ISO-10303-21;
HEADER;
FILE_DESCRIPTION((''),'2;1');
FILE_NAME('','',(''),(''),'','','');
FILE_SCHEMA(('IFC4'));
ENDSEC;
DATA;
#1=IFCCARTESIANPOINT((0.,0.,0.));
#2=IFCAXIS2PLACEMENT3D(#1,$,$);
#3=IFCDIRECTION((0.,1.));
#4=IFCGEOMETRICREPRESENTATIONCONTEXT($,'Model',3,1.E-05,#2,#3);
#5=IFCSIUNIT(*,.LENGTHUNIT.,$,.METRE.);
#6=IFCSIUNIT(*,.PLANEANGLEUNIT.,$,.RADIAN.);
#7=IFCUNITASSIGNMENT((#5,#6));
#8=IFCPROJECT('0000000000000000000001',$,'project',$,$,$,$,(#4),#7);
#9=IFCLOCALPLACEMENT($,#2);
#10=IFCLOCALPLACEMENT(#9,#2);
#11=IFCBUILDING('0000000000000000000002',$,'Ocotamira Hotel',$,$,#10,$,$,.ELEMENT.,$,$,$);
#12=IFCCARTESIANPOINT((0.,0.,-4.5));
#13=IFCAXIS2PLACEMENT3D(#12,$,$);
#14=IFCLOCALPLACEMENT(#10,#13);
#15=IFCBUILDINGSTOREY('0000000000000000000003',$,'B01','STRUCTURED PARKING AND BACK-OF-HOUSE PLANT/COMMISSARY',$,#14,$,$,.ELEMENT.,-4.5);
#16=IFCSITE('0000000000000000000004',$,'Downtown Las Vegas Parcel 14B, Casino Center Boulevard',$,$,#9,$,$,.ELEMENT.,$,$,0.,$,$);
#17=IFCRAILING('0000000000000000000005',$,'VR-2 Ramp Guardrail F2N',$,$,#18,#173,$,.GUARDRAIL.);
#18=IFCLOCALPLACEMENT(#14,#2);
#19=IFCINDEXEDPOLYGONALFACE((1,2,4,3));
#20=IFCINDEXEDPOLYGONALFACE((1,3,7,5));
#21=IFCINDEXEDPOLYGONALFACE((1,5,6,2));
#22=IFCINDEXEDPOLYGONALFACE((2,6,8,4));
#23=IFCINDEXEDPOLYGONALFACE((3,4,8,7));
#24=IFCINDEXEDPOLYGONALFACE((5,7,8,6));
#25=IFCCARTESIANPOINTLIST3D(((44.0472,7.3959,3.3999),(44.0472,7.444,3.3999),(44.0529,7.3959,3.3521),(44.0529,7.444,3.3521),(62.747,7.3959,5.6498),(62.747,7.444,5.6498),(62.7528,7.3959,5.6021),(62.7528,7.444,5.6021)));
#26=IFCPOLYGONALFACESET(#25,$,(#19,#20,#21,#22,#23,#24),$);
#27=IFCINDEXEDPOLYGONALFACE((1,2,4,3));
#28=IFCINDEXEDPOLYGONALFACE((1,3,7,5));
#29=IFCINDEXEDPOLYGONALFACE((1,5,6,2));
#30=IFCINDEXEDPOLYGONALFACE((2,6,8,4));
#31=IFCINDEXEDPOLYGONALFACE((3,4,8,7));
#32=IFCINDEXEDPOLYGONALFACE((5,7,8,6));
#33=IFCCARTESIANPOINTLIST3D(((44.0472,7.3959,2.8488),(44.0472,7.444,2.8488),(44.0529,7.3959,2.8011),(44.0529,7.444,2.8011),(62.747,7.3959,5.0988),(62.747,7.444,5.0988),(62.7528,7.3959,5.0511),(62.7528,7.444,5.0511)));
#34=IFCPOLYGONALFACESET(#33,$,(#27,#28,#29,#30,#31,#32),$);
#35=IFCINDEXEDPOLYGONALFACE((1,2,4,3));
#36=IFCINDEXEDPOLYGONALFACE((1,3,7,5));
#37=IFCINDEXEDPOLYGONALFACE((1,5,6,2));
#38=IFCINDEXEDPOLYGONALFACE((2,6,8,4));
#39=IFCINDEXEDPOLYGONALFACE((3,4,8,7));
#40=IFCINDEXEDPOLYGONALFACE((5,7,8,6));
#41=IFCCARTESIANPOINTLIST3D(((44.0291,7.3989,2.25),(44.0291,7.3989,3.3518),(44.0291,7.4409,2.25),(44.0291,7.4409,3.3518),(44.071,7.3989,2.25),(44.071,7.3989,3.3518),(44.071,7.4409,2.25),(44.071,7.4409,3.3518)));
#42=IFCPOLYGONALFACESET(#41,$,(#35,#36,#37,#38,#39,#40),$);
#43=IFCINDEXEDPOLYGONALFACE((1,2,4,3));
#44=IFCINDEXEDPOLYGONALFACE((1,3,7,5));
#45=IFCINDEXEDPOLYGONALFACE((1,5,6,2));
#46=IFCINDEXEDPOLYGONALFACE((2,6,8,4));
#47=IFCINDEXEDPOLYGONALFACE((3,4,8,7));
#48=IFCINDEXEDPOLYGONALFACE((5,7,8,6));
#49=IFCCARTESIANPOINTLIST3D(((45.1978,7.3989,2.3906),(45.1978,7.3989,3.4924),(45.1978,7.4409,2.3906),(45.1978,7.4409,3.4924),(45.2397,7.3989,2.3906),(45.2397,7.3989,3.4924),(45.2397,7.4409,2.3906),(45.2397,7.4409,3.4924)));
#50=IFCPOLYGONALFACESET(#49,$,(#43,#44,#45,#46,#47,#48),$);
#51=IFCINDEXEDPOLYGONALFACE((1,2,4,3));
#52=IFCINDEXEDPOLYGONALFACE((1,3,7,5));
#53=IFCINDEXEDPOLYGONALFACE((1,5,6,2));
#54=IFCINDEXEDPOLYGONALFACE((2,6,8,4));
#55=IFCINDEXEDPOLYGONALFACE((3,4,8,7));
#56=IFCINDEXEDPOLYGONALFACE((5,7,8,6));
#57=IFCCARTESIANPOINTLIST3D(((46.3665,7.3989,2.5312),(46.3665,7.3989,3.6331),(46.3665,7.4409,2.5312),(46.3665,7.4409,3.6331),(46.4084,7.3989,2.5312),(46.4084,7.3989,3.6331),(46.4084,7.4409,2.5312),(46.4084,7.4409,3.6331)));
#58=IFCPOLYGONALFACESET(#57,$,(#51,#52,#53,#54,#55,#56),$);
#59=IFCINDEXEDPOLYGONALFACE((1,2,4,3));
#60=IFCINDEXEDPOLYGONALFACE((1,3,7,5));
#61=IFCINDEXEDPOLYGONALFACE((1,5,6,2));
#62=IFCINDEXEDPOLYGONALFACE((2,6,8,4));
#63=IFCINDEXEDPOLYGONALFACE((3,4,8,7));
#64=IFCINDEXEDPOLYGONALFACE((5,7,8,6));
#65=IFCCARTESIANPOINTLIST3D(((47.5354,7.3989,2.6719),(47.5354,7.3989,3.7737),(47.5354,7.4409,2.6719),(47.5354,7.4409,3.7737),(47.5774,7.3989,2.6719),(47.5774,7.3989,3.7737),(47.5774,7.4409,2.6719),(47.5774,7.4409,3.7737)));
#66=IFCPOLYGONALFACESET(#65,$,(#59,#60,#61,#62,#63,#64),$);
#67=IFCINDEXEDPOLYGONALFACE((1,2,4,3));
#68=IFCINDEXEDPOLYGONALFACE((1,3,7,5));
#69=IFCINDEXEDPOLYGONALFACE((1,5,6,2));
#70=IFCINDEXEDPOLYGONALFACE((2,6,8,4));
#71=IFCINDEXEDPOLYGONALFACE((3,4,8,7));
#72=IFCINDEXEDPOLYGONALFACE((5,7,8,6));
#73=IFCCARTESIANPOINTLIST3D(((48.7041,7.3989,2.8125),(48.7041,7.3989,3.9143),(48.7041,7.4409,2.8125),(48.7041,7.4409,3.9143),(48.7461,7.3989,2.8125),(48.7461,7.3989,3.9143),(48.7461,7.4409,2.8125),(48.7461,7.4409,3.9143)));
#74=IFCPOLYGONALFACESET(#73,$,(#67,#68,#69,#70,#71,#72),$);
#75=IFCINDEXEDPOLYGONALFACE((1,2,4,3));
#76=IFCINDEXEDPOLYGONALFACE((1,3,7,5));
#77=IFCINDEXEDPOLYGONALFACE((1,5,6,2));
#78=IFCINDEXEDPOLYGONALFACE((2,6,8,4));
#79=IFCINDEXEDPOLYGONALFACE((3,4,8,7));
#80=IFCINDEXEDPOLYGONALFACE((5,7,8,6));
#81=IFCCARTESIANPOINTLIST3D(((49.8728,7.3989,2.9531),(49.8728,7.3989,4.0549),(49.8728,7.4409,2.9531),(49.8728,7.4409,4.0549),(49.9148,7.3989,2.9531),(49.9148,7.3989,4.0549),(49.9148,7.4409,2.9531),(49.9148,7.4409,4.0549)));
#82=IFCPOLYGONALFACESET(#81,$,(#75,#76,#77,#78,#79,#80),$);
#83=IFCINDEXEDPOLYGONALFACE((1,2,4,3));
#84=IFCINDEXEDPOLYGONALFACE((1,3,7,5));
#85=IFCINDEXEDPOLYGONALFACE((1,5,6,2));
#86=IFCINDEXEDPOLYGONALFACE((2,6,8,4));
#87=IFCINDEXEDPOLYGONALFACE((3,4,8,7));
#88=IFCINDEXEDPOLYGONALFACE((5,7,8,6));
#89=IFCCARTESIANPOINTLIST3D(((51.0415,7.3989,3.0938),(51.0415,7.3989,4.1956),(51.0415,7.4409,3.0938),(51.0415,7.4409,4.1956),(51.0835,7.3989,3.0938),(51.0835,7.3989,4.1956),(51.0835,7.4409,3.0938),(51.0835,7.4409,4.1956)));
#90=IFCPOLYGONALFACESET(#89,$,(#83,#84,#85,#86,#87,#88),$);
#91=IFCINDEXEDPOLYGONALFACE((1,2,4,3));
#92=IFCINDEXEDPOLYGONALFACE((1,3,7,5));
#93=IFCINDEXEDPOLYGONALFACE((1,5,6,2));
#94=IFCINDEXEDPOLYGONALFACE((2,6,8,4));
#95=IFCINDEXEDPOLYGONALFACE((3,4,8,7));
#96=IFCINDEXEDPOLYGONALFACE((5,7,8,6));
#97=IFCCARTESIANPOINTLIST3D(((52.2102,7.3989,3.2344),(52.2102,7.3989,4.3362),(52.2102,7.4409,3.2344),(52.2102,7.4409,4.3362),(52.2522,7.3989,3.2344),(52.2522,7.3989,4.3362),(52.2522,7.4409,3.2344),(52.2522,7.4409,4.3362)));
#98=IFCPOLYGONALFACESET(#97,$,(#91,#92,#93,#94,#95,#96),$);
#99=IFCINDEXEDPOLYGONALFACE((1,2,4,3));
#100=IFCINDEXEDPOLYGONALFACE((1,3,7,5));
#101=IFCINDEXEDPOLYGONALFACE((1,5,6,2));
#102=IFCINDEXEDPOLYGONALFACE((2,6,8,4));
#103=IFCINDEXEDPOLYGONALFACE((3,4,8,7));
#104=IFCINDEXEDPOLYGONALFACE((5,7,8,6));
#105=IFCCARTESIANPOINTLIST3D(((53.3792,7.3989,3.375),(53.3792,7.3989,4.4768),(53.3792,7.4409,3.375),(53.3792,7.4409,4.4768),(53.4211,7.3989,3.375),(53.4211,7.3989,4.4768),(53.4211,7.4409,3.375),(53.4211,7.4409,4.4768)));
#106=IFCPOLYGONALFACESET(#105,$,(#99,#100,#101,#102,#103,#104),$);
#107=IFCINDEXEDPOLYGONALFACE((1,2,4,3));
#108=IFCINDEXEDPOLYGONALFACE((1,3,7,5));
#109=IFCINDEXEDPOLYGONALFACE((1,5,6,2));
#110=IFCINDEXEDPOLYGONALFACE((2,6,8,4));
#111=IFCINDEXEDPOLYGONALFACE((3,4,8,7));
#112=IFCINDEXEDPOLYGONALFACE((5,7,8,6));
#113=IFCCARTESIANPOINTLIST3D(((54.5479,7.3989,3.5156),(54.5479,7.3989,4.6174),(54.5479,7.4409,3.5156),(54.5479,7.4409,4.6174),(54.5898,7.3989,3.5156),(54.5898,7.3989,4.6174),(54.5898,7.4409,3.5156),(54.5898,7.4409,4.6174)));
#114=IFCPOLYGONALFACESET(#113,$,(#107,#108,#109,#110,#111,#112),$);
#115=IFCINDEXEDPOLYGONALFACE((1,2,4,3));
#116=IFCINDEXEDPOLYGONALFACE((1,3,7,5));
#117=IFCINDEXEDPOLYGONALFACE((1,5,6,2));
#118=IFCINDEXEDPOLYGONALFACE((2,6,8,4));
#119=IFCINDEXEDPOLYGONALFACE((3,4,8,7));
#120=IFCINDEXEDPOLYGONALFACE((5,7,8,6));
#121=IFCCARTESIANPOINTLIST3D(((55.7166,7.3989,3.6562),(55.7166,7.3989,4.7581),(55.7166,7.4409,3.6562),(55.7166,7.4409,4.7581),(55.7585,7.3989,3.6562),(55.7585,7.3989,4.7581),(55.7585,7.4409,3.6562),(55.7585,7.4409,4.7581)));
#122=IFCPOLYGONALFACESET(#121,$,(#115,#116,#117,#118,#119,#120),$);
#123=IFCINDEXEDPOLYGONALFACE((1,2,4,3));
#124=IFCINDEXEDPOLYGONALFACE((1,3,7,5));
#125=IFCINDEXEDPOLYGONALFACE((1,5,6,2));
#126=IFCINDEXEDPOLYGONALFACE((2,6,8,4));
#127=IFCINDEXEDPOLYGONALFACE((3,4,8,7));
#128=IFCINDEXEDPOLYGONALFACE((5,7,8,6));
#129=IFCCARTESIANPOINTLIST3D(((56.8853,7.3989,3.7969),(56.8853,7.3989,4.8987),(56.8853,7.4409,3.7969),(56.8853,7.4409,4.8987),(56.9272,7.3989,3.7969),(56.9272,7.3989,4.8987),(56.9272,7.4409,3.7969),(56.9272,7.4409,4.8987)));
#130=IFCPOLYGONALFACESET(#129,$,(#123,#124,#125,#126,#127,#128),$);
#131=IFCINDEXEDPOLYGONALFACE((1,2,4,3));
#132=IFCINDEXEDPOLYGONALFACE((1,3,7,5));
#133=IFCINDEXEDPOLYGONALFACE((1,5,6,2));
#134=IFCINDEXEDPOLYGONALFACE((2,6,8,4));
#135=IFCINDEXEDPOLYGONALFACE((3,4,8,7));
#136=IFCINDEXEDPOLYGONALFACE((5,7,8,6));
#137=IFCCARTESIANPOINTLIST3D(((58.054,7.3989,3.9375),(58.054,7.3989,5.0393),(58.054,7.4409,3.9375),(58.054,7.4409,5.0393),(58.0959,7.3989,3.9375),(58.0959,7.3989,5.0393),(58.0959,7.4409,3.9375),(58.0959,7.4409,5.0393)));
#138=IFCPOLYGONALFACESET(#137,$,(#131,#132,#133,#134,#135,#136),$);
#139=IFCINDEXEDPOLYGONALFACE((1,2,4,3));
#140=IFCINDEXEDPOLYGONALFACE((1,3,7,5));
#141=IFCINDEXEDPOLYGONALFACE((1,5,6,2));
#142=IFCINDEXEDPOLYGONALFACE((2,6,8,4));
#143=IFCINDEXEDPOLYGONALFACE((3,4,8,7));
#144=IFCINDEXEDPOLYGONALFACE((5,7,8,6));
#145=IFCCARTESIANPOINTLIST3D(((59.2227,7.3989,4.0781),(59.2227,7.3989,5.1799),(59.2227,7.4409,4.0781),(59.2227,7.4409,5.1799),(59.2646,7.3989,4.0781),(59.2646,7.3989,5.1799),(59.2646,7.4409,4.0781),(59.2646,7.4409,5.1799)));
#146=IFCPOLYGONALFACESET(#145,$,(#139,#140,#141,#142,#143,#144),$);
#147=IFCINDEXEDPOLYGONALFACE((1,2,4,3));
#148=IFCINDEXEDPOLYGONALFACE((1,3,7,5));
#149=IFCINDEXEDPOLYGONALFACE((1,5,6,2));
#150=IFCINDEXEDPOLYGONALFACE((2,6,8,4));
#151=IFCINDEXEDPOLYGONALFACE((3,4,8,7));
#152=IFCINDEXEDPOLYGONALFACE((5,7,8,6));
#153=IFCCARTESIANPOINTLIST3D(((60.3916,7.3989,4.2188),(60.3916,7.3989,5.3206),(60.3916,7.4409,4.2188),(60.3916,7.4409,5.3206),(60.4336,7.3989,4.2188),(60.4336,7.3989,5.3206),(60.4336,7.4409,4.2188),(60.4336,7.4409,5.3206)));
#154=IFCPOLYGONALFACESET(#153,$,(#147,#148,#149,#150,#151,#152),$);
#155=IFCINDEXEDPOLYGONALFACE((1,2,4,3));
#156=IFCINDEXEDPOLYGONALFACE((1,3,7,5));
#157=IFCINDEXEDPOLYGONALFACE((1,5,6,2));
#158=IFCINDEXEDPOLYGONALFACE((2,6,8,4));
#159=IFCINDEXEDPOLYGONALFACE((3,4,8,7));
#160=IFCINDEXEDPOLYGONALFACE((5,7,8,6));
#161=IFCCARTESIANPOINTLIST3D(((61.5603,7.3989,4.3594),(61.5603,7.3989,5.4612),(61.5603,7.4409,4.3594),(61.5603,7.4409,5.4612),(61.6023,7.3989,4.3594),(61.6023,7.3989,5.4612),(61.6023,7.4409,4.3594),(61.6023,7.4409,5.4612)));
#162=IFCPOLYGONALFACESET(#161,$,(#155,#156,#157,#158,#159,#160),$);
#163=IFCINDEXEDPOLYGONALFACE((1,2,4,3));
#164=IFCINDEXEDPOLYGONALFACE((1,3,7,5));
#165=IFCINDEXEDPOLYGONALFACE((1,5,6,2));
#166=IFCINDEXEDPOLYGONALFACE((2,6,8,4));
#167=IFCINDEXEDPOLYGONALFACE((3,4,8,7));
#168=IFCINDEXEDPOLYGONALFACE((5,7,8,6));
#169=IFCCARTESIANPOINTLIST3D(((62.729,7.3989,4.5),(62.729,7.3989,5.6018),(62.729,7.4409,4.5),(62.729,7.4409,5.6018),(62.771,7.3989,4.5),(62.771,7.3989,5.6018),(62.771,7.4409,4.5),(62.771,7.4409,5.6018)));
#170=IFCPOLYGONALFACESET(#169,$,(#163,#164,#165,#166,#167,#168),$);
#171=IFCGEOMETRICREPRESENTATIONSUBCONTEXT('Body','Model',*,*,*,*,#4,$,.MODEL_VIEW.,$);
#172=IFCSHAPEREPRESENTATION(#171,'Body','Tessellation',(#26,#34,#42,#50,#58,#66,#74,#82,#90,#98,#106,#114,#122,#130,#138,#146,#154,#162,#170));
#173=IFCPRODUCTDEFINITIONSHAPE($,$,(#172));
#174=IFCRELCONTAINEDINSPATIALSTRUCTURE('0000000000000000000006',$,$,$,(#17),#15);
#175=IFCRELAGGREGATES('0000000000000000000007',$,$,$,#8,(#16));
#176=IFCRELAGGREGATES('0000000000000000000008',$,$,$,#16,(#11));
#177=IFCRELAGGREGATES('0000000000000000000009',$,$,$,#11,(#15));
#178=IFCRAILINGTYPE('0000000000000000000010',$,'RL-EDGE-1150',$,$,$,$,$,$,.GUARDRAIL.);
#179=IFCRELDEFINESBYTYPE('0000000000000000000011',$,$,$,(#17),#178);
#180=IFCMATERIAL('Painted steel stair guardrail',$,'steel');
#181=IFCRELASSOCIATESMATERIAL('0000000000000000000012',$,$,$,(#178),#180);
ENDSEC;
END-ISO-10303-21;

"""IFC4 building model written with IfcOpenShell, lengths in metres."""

from ifc_helpers import new_model, si_unit, direction, frame, origin, origin_2d, place, context, subcontext, project, spatial, rectangle, extrude, material, type_object, element, save


model = new_model("IFC4")

# Units and contexts
model_context = context("Model", 3, precision=1e-05, world=origin(), true_north=direction((0.0, 1.0)))
body_context = subcontext(model_context, "Body", "Model", "MODEL_VIEW")
ifc_project = project(units=[si_unit("LENGTHUNIT", "METRE"), si_unit("PLANEANGLEUNIT", "RADIAN")], contexts=[model_context])

# Site, building, storey
site_placement = place(None, origin())
site = spatial("IfcSite", under=ifc_project, at=site_placement, Name="Downtown Las Vegas Parcel 14B, Casino Center Boulevard", CompositionType="ELEMENT", RefElevation=0.0)
building_placement = place(site_placement, origin())
building = spatial("IfcBuilding", under=site, at=building_placement, Name="Ocotamira Hotel", CompositionType="ELEMENT")
storey_placement = place(building_placement, frame((0.0, 0.0, -4.5)))
storey = spatial("IfcBuildingStorey", under=building, at=storey_placement, Name="B01", Description="STRUCTURED PARKING AND BACK-OF-HOUSE PLANT/COMMISSARY", CompositionType="ELEMENT", Elevation=-4.5)

# Railing
ifc_material_1 = material(Name="Painted steel stair guardrail", Category="steel")
railing_type = type_object("IfcRailingType", Name="RL-EDGE-1150", PredefinedType="GUARDRAIL", material=ifc_material_1)
railing_placement = place(storey_placement, frame((44.05, 7.4199, 2.25)))
element("IfcRailing", 1, at=railing_placement, inside=storey, type_object=railing_type, Name="VR-2 Ramp Guardrail F2N", PredefinedType="GUARDRAIL", context=body_context, shape_type="SweptSolid", body=[
    extrude(rectangle(XDim=0.0481, YDim=0.0481, at=origin_2d()), frame((0.0, 0.0, 1.126), z_axis=(0.992839, 0.0, 0.11946), x_axis=(0.0, 1.0, 0.0)), (0.0, 0.0, 1.0), 18.8347),
    extrude(rectangle(XDim=0.0481, YDim=0.0481, at=origin_2d()), frame((0.0, 0.0, 0.575), z_axis=(0.992839, 0.0, 0.11946), x_axis=(0.0, 1.0, 0.0)), (0.0, 0.0, 1.0), 18.8347),
    extrude(rectangle(XDim=0.042, YDim=0.042, at=origin_2d()), origin(), (0.0, 0.0, 1.0), 1.1018),
    extrude(rectangle(XDim=0.042, YDim=0.042, at=origin_2d()), frame((1.1687, 0.0, 0.1406)), (0.0, 0.0, 1.0), 1.1018),
    extrude(rectangle(XDim=0.042, YDim=0.042, at=origin_2d()), frame((2.3374, 0.0, 0.2812)), (0.0, 0.0, 1.0), 1.1018),
    extrude(rectangle(XDim=0.042, YDim=0.042, at=origin_2d()), frame((3.5063, 0.0, 0.4219)), (0.0, 0.0, 1.0), 1.1018),
    extrude(rectangle(XDim=0.042, YDim=0.042, at=origin_2d()), frame((4.675, 0.0, 0.5625)), (0.0, 0.0, 1.0), 1.1018),
    extrude(rectangle(XDim=0.042, YDim=0.042, at=origin_2d()), frame((5.8438, 0.0, 0.7031)), (0.0, 0.0, 1.0), 1.1018),
    extrude(rectangle(XDim=0.042, YDim=0.042, at=origin_2d()), frame((7.0125, 0.0, 0.8438)), (0.0, 0.0, 1.0), 1.1018),
    extrude(rectangle(XDim=0.042, YDim=0.042, at=origin_2d()), frame((8.1812, 0.0, 0.9844)), (0.0, 0.0, 1.0), 1.1018),
    extrude(rectangle(XDim=0.042, YDim=0.042, at=origin_2d()), frame((9.3501, 0.0, 1.125)), (0.0, 0.0, 1.0), 1.1018),
    extrude(rectangle(XDim=0.042, YDim=0.042, at=origin_2d()), frame((10.5188, 0.0, 1.2656)), (0.0, 0.0, 1.0), 1.1018),
    extrude(rectangle(XDim=0.042, YDim=0.042, at=origin_2d()), frame((11.6875, 0.0, 1.4062)), (0.0, 0.0, 1.0), 1.1018),
    extrude(rectangle(XDim=0.042, YDim=0.042, at=origin_2d()), frame((12.8562, 0.0, 1.5469)), (0.0, 0.0, 1.0), 1.1018),
    extrude(rectangle(XDim=0.042, YDim=0.042, at=origin_2d()), frame((14.0249, 0.0, 1.6875)), (0.0, 0.0, 1.0), 1.1018),
    extrude(rectangle(XDim=0.042, YDim=0.042, at=origin_2d()), frame((15.1936, 0.0, 1.8281)), (0.0, 0.0, 1.0), 1.1018),
    extrude(rectangle(XDim=0.042, YDim=0.042, at=origin_2d()), frame((16.3625, 0.0, 1.9688)), (0.0, 0.0, 1.0), 1.1018),
    extrude(rectangle(XDim=0.042, YDim=0.042, at=origin_2d()), frame((17.5312, 0.0, 2.1094)), (0.0, 0.0, 1.0), 1.1018),
    extrude(rectangle(XDim=0.042, YDim=0.042, at=origin_2d()), frame((18.7, 0.0, 2.25)), (0.0, 0.0, 1.0), 1.1018),
])

save(model, "model.ifc")
